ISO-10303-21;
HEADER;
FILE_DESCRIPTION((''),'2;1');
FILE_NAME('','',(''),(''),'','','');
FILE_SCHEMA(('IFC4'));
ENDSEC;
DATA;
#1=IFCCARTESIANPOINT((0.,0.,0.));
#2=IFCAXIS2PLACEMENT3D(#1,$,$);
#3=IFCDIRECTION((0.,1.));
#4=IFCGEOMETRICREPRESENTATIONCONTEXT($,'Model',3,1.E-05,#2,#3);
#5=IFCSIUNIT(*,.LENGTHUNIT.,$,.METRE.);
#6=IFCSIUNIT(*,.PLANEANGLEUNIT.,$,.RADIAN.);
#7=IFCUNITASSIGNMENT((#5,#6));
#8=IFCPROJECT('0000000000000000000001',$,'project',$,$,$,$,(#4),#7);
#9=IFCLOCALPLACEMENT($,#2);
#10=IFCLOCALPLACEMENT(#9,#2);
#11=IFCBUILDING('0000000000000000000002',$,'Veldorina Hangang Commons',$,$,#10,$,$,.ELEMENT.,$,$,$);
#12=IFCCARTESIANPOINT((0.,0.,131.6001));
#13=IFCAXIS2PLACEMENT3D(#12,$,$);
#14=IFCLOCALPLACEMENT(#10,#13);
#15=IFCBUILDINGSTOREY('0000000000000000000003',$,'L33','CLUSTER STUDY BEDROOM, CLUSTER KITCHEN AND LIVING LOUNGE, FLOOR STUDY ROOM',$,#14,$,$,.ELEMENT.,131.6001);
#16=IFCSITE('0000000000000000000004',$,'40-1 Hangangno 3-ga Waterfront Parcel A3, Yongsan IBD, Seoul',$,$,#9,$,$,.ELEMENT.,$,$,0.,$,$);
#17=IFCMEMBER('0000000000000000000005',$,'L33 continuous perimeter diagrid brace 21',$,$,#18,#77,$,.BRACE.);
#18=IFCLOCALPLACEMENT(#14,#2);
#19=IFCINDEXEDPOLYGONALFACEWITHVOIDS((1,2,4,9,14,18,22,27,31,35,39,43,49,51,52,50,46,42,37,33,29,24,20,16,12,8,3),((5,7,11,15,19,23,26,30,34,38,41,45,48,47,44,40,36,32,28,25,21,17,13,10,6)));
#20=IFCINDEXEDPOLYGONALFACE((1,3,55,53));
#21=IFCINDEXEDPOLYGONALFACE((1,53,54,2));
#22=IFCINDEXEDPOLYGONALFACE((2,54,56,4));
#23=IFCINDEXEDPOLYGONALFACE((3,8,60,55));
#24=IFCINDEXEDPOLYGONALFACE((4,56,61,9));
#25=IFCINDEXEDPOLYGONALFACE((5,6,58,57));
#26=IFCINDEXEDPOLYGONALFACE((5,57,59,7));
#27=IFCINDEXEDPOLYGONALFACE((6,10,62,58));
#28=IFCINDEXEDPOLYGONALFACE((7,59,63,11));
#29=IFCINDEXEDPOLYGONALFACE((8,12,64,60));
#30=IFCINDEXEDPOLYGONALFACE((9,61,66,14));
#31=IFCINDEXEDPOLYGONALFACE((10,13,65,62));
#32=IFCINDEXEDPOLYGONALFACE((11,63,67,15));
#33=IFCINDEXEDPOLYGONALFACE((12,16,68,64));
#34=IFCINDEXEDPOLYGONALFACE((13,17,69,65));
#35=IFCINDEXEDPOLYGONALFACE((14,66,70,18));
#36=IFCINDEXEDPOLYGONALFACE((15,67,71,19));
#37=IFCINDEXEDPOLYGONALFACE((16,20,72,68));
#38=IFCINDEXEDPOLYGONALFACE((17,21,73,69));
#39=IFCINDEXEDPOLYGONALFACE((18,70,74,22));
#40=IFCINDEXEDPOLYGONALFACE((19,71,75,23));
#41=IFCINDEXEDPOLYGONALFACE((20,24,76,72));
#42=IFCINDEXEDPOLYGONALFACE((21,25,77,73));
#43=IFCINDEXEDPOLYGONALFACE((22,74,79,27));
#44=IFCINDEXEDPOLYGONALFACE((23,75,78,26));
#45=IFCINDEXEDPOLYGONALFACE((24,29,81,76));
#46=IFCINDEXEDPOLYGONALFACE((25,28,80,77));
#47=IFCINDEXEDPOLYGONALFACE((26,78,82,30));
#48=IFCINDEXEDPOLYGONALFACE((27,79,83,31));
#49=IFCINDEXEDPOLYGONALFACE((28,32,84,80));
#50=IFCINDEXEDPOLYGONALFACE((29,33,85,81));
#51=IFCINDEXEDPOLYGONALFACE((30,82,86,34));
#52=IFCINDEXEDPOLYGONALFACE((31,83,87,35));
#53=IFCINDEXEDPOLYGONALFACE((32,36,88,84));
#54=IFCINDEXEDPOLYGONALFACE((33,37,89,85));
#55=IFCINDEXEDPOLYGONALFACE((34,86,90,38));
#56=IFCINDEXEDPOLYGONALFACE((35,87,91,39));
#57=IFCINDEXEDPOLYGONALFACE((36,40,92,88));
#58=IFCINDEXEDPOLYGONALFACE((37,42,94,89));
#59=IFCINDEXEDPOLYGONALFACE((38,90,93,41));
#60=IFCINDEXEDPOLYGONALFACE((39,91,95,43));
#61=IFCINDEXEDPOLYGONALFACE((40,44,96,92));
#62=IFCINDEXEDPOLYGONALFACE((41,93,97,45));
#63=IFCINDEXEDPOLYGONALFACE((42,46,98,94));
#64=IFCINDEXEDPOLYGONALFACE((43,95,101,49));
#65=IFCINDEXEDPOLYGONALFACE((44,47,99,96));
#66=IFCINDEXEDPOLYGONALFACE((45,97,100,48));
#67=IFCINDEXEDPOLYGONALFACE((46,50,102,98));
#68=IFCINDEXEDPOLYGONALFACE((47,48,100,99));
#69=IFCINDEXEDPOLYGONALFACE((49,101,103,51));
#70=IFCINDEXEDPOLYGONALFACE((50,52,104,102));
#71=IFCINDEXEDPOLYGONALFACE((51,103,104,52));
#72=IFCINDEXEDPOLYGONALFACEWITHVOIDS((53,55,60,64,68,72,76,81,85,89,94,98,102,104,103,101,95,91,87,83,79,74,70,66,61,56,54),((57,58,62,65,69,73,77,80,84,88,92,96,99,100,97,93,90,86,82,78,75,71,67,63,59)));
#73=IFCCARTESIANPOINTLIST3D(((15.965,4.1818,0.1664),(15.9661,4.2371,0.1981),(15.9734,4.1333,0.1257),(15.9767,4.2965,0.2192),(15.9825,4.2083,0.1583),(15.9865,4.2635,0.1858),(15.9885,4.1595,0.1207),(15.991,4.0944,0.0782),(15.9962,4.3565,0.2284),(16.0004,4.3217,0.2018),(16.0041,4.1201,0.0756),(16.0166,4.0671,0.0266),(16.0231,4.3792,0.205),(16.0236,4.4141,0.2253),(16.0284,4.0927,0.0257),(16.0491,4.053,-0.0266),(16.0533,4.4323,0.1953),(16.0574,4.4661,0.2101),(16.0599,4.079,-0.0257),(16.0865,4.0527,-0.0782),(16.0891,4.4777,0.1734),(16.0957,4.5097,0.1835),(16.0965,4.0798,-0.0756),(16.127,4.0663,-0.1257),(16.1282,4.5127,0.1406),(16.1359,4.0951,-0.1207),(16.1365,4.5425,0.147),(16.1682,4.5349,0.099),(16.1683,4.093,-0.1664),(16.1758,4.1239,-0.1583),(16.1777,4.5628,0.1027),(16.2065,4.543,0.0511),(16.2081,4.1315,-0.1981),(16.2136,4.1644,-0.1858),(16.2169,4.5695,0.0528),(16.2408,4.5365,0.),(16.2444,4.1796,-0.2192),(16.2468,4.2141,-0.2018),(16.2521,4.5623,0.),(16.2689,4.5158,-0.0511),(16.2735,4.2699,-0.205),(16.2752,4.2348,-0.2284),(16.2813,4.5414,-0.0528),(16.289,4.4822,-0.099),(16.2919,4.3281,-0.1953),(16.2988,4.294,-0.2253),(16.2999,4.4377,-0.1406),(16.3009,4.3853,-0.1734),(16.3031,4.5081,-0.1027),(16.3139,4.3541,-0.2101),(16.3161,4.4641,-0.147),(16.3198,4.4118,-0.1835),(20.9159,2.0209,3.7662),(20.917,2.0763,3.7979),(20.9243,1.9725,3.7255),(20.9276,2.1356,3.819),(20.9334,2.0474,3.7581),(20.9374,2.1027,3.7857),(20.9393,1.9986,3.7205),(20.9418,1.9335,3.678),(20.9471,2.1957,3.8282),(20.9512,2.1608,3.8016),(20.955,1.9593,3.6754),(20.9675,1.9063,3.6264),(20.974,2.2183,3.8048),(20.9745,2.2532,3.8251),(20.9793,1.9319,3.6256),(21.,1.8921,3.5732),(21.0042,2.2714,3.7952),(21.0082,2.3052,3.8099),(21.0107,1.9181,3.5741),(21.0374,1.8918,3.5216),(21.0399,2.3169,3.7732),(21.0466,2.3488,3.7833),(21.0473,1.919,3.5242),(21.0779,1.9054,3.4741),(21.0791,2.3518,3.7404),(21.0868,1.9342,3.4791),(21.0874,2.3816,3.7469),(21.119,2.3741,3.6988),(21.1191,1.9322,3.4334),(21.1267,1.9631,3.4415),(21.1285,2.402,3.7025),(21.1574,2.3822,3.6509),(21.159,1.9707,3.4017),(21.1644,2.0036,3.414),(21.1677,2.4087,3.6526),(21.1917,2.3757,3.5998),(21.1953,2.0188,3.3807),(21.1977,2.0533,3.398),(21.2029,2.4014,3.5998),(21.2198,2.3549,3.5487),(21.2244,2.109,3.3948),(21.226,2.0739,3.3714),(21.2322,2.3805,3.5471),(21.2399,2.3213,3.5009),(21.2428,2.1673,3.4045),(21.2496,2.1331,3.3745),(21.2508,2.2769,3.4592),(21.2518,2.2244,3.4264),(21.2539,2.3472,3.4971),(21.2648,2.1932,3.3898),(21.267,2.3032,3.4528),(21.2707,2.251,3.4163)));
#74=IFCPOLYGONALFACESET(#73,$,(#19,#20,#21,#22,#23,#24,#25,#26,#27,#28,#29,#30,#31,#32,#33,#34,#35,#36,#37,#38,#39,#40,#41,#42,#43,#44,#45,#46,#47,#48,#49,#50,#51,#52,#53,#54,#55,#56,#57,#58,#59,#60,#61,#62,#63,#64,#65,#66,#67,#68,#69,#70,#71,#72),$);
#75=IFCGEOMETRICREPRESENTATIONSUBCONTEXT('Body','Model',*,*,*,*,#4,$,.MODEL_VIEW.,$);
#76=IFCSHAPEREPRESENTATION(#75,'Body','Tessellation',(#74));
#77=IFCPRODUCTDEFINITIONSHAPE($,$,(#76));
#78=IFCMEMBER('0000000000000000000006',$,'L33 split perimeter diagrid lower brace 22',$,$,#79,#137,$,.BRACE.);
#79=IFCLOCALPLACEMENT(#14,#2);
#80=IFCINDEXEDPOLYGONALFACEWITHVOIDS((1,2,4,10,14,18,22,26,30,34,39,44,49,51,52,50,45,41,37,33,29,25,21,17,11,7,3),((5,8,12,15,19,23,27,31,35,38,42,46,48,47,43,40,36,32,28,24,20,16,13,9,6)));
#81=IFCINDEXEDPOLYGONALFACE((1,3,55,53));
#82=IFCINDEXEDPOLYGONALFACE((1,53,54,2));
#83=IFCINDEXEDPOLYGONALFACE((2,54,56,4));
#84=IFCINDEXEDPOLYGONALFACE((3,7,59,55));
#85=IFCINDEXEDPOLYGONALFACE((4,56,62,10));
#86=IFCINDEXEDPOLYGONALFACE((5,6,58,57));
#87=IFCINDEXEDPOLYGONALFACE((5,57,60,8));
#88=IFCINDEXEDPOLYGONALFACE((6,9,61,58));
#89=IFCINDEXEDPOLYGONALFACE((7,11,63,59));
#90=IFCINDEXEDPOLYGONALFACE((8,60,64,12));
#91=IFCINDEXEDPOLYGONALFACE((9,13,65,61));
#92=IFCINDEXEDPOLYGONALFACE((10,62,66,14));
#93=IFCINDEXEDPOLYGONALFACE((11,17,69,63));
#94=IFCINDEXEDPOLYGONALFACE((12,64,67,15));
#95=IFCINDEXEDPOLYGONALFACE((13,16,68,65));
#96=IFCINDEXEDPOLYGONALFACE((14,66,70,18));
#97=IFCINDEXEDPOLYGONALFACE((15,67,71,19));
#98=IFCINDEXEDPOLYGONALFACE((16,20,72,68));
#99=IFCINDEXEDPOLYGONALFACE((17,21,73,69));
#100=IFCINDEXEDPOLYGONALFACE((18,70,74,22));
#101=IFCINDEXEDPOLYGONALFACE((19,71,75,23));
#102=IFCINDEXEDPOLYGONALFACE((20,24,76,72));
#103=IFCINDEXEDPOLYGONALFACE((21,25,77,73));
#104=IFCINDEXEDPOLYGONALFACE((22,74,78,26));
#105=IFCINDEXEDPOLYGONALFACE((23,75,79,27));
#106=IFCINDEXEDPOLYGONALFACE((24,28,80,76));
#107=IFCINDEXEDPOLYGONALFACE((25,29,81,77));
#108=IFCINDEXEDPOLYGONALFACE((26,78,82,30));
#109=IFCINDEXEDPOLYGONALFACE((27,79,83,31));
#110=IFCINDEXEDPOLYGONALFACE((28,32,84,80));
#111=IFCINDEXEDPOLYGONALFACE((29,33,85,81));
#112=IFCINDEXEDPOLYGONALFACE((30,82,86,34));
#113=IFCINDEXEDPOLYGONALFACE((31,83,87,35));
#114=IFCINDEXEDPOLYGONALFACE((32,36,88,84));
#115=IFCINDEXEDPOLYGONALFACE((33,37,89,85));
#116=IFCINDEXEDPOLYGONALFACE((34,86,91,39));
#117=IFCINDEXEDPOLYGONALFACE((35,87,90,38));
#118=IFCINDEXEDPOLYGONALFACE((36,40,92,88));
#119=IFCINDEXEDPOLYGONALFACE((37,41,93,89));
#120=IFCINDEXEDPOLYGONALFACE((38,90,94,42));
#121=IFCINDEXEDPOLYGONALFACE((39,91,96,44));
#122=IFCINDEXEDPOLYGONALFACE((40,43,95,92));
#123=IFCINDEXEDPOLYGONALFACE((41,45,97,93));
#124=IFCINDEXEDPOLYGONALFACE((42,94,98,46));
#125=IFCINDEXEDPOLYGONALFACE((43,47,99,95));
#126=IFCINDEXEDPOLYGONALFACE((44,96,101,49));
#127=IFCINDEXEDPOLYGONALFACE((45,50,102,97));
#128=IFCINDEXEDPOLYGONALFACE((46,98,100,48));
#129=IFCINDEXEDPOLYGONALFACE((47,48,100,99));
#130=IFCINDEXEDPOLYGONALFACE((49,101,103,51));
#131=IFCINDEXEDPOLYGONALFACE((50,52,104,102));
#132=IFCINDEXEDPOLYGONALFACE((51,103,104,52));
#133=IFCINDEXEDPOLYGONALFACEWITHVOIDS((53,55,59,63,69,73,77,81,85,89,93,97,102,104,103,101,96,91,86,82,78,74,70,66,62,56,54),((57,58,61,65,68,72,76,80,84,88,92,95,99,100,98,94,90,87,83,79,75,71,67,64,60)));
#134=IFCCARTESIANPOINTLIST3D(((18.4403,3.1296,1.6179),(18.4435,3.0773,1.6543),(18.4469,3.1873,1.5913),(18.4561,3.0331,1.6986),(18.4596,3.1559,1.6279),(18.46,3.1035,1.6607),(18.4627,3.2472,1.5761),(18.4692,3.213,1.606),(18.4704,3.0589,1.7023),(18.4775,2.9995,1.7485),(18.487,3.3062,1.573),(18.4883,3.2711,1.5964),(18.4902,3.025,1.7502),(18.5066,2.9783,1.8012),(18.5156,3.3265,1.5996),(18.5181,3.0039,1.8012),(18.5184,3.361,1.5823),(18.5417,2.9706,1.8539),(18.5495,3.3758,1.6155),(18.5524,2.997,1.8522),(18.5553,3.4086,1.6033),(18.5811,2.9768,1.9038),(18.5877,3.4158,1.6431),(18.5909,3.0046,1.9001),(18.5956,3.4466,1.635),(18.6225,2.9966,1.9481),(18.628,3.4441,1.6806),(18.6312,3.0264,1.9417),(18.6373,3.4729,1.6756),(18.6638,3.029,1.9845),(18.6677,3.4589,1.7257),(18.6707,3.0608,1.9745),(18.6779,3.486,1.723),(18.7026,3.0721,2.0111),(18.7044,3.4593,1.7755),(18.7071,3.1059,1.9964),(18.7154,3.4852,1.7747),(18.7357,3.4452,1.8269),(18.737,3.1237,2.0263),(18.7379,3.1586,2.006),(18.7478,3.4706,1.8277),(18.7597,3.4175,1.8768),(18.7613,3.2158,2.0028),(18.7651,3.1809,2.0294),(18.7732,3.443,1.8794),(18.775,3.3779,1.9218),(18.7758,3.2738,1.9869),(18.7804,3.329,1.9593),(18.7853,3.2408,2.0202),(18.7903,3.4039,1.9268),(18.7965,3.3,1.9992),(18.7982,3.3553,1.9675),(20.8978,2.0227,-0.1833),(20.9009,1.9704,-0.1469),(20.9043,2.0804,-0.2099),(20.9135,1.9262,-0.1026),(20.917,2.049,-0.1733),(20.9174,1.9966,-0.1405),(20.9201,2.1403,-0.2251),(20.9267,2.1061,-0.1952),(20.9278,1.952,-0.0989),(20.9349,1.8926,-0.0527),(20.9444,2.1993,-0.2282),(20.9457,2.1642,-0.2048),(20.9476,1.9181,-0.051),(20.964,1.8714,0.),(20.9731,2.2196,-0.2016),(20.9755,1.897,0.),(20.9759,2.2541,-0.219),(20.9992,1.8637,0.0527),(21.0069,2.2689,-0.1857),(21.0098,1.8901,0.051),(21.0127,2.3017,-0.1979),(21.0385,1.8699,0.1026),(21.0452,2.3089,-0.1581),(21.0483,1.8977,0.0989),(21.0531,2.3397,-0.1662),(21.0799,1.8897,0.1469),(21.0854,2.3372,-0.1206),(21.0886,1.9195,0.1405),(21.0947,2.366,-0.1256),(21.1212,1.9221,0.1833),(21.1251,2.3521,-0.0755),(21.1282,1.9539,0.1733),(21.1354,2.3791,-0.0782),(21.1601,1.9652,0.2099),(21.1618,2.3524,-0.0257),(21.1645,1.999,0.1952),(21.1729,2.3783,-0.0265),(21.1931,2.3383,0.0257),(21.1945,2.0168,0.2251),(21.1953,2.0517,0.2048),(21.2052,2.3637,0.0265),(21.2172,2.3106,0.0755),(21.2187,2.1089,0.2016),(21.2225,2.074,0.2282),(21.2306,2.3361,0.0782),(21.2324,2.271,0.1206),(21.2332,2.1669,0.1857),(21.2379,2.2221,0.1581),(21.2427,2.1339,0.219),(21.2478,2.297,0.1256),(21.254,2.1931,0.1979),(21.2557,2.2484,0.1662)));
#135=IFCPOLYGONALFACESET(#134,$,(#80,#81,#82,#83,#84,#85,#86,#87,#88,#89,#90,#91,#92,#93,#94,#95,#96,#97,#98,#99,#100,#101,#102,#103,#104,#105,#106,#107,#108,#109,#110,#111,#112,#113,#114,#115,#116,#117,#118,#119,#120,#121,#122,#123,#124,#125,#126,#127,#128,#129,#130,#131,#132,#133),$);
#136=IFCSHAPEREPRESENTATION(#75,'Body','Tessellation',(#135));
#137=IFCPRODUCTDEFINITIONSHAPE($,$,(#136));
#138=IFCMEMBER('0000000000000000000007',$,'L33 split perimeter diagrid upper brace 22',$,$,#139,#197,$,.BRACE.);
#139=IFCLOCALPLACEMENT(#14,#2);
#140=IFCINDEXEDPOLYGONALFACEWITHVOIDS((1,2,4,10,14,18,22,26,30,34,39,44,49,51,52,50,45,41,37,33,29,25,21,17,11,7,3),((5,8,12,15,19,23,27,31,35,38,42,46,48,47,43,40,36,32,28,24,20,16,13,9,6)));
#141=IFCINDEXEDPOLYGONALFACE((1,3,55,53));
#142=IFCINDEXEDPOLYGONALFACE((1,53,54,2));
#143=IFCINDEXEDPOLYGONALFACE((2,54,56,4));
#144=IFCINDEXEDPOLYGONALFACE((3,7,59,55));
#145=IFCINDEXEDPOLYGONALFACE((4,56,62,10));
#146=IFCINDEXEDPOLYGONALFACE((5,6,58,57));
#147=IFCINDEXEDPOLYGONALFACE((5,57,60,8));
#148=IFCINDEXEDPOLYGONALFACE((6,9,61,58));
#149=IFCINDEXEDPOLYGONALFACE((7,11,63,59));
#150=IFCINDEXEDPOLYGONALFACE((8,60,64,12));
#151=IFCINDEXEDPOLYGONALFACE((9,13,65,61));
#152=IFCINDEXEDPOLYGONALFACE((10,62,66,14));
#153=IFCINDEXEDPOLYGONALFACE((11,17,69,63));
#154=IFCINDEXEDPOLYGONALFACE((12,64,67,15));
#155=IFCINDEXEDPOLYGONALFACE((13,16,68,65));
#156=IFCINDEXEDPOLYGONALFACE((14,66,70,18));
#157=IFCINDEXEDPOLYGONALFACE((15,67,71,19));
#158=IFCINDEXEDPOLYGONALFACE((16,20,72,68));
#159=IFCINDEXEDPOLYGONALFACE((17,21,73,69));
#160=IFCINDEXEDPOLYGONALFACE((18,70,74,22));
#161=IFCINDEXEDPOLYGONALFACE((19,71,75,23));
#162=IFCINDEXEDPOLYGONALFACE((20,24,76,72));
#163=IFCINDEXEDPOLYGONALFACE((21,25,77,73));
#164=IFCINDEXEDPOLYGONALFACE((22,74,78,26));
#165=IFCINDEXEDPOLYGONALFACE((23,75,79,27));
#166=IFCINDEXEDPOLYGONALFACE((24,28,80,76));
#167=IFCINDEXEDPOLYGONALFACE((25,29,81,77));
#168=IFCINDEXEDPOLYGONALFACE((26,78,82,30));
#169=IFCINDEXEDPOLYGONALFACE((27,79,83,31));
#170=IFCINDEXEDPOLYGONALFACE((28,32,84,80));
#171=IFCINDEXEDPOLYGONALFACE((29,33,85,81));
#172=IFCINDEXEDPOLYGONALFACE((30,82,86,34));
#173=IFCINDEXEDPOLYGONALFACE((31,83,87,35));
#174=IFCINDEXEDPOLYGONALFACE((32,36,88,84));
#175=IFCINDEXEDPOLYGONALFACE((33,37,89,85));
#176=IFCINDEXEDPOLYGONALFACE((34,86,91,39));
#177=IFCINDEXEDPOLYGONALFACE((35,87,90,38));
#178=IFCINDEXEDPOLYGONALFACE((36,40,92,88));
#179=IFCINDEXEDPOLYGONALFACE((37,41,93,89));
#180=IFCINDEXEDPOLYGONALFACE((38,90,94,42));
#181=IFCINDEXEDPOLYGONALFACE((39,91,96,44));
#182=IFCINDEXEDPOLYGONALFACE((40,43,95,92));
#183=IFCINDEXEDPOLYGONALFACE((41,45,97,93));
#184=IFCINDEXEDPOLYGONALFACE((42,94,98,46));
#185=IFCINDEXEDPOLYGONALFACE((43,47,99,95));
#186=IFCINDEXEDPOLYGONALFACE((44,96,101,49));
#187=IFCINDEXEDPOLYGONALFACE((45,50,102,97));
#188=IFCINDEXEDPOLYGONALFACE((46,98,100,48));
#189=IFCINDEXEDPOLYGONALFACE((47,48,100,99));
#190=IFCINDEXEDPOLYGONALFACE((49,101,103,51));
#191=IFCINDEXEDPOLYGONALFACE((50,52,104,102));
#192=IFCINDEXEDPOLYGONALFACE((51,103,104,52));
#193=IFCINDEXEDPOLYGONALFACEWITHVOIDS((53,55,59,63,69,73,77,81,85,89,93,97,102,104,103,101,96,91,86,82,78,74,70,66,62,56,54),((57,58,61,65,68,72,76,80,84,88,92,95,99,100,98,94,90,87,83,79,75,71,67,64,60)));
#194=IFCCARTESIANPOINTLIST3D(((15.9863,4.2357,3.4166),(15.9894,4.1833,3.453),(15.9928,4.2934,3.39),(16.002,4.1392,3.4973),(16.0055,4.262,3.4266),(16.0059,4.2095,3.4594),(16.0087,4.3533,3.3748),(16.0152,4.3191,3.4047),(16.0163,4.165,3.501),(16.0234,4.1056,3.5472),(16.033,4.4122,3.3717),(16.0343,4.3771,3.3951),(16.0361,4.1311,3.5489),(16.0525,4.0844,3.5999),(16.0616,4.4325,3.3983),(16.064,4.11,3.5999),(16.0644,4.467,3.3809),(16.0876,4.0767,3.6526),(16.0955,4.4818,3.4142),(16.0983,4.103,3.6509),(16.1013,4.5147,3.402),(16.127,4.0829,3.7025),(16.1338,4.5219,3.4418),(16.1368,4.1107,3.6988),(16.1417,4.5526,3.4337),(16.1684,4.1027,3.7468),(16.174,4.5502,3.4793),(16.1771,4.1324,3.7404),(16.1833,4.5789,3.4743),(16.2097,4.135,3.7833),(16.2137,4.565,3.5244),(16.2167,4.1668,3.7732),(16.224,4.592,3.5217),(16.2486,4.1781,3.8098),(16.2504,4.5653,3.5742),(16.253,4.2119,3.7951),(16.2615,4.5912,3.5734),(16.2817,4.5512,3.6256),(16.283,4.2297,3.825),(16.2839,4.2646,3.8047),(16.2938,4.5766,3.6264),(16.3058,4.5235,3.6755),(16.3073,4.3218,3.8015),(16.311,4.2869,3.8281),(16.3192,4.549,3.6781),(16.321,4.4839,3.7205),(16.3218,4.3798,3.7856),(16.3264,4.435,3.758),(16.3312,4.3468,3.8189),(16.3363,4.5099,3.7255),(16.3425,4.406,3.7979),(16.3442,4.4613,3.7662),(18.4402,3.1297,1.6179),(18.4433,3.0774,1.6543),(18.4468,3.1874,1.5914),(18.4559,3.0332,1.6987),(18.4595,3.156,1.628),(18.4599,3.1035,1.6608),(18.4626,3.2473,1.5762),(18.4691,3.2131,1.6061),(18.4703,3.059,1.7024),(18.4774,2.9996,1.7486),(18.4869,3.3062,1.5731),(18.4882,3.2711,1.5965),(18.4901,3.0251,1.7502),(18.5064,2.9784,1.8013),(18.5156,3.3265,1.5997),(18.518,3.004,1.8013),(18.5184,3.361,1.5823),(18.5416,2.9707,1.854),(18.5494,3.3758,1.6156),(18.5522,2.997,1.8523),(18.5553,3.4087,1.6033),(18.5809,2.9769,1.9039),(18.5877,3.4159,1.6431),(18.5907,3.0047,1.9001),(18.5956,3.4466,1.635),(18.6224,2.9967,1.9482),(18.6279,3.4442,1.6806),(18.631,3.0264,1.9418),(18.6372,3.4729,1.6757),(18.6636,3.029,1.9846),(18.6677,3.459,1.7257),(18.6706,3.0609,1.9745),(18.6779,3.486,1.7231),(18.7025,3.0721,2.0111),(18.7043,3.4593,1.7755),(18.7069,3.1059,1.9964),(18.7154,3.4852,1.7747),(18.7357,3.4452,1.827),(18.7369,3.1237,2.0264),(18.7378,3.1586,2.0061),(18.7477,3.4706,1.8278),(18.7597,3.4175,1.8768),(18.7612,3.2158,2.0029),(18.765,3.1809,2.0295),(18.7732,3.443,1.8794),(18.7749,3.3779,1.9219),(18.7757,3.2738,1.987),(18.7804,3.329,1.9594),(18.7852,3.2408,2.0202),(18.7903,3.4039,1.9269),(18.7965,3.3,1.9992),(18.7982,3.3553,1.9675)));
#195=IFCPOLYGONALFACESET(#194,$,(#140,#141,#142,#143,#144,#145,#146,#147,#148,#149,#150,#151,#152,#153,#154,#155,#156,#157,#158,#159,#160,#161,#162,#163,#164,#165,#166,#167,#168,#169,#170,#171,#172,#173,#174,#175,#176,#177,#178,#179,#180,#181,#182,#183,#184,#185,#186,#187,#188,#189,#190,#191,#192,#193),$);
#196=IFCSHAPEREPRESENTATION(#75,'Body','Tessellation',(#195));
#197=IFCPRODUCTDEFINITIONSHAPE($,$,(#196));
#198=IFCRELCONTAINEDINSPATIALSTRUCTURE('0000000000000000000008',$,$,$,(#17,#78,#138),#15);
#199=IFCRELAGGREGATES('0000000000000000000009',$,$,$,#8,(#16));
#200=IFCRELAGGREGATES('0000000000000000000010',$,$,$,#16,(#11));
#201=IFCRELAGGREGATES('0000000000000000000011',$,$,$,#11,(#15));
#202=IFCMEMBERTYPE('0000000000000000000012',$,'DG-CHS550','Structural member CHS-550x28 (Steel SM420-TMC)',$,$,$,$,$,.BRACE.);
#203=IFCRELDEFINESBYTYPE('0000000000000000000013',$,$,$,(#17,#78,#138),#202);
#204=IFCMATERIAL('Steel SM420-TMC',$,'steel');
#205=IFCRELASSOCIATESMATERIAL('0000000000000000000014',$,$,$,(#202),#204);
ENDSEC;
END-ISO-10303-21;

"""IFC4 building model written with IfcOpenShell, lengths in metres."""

from ifc_helpers import new_model, si_unit, direction, frame, origin, origin_2d, place, context, subcontext, project, spatial, hollow_circle, extrude, material, material_profile, profile_set, type_object, element, save


model = new_model("IFC4")

# Units and contexts
model_context = context("Model", 3, precision=1e-05, world=origin(), true_north=direction((0.0, 1.0)))
body_context = subcontext(model_context, "Body", "Model", "MODEL_VIEW")
ifc_project = project(units=[si_unit("LENGTHUNIT", "METRE"), si_unit("PLANEANGLEUNIT", "RADIAN")], contexts=[model_context])

# Site, building, storey
site_placement = place(None, origin())
site = spatial("IfcSite", under=ifc_project, at=site_placement, Name="40-1 Hangangno 3-ga Waterfront Parcel A3, Yongsan IBD, Seoul", CompositionType="ELEMENT", RefElevation=0.0)
building_placement = place(site_placement, origin())
building = spatial("IfcBuilding", under=site, at=building_placement, Name="Veldorina Hangang Commons", CompositionType="ELEMENT")
storey_placement = place(building_placement, frame((0.0, 0.0, 131.6001)))
storey = spatial("IfcBuildingStorey", under=building, at=storey_placement, Name="L33", Description="CLUSTER STUDY BEDROOM, CLUSTER KITCHEN AND LIVING LOUNGE, FLOOR STUDY ROOM", CompositionType="ELEMENT", Elevation=131.6001)

# Shared definitions
ifc_material_1 = material(Name="Steel SM420-TMC", Category="steel")

# Members
ifc_material_profile_1 = material_profile(ifc_material_1, hollow_circle(Radius=0.2749, WallThickness=0.0281, at=origin_2d()), Name="CHS-550x28")
ifc_profile_set_1 = profile_set([ifc_material_profile_1], Name="Steel SM420-TMC")
member_type_1 = type_object("IfcMemberType", Name="DG-CHS550", Description="Structural member CHS-550x28 (Steel SM420-TMC)", PredefinedType="BRACE", material=ifc_profile_set_1)
member_1_placement = place(storey_placement, frame((16.1421, 4.3103, 0.0), z_axis=(0.762674, -0.332878, 0.554546), x_axis=(0.40002, 0.916507, 0.0)))
element("IfcMember", 1, at=member_1_placement, inside=storey, type_object=member_type_1, Name="L33 continuous perimeter diagrid brace 21", PredefinedType="BRACE", context=body_context, shape_type="SweptSolid", body=[
    extrude(hollow_circle(Radius=0.2749, WallThickness=0.0281, at=origin_2d()), origin(), (0.0, 0.0, 1.0), 6.4915),
])
member_2_placement = place(storey_placement, frame((21.0769, 2.1221, 0.0), z_axis=(-0.758072, 0.341456, 0.555638), x_axis=(-0.410689, -0.911776, 0.0)))
element("IfcMember", 2, at=member_2_placement, inside=storey, type_object=member_type_1, Name="L33 split perimeter diagrid lower brace 22", PredefinedType="BRACE", context=body_context, shape_type="SweptSolid", body=[
    extrude(hollow_circle(Radius=0.2749, WallThickness=0.0281, at=origin_2d()), origin(), (0.0, 0.0, 1.0), 3.2417),
])
member_3_placement = place(storey_placement, frame((18.6194, 3.229, 1.8013), z_axis=(-0.758019, 0.34164, 0.555599), x_axis=(-0.410896, -0.911682, 0.0)))
element("IfcMember", 3, at=member_3_placement, inside=storey, type_object=member_type_1, Name="L33 split perimeter diagrid upper brace 22", PredefinedType="BRACE", context=body_context, shape_type="SweptSolid", body=[
    extrude(hollow_circle(Radius=0.2749, WallThickness=0.0281, at=origin_2d()), origin(), (0.0, 0.0, 1.0), 3.2373),
])

save(model, "model.ifc")
